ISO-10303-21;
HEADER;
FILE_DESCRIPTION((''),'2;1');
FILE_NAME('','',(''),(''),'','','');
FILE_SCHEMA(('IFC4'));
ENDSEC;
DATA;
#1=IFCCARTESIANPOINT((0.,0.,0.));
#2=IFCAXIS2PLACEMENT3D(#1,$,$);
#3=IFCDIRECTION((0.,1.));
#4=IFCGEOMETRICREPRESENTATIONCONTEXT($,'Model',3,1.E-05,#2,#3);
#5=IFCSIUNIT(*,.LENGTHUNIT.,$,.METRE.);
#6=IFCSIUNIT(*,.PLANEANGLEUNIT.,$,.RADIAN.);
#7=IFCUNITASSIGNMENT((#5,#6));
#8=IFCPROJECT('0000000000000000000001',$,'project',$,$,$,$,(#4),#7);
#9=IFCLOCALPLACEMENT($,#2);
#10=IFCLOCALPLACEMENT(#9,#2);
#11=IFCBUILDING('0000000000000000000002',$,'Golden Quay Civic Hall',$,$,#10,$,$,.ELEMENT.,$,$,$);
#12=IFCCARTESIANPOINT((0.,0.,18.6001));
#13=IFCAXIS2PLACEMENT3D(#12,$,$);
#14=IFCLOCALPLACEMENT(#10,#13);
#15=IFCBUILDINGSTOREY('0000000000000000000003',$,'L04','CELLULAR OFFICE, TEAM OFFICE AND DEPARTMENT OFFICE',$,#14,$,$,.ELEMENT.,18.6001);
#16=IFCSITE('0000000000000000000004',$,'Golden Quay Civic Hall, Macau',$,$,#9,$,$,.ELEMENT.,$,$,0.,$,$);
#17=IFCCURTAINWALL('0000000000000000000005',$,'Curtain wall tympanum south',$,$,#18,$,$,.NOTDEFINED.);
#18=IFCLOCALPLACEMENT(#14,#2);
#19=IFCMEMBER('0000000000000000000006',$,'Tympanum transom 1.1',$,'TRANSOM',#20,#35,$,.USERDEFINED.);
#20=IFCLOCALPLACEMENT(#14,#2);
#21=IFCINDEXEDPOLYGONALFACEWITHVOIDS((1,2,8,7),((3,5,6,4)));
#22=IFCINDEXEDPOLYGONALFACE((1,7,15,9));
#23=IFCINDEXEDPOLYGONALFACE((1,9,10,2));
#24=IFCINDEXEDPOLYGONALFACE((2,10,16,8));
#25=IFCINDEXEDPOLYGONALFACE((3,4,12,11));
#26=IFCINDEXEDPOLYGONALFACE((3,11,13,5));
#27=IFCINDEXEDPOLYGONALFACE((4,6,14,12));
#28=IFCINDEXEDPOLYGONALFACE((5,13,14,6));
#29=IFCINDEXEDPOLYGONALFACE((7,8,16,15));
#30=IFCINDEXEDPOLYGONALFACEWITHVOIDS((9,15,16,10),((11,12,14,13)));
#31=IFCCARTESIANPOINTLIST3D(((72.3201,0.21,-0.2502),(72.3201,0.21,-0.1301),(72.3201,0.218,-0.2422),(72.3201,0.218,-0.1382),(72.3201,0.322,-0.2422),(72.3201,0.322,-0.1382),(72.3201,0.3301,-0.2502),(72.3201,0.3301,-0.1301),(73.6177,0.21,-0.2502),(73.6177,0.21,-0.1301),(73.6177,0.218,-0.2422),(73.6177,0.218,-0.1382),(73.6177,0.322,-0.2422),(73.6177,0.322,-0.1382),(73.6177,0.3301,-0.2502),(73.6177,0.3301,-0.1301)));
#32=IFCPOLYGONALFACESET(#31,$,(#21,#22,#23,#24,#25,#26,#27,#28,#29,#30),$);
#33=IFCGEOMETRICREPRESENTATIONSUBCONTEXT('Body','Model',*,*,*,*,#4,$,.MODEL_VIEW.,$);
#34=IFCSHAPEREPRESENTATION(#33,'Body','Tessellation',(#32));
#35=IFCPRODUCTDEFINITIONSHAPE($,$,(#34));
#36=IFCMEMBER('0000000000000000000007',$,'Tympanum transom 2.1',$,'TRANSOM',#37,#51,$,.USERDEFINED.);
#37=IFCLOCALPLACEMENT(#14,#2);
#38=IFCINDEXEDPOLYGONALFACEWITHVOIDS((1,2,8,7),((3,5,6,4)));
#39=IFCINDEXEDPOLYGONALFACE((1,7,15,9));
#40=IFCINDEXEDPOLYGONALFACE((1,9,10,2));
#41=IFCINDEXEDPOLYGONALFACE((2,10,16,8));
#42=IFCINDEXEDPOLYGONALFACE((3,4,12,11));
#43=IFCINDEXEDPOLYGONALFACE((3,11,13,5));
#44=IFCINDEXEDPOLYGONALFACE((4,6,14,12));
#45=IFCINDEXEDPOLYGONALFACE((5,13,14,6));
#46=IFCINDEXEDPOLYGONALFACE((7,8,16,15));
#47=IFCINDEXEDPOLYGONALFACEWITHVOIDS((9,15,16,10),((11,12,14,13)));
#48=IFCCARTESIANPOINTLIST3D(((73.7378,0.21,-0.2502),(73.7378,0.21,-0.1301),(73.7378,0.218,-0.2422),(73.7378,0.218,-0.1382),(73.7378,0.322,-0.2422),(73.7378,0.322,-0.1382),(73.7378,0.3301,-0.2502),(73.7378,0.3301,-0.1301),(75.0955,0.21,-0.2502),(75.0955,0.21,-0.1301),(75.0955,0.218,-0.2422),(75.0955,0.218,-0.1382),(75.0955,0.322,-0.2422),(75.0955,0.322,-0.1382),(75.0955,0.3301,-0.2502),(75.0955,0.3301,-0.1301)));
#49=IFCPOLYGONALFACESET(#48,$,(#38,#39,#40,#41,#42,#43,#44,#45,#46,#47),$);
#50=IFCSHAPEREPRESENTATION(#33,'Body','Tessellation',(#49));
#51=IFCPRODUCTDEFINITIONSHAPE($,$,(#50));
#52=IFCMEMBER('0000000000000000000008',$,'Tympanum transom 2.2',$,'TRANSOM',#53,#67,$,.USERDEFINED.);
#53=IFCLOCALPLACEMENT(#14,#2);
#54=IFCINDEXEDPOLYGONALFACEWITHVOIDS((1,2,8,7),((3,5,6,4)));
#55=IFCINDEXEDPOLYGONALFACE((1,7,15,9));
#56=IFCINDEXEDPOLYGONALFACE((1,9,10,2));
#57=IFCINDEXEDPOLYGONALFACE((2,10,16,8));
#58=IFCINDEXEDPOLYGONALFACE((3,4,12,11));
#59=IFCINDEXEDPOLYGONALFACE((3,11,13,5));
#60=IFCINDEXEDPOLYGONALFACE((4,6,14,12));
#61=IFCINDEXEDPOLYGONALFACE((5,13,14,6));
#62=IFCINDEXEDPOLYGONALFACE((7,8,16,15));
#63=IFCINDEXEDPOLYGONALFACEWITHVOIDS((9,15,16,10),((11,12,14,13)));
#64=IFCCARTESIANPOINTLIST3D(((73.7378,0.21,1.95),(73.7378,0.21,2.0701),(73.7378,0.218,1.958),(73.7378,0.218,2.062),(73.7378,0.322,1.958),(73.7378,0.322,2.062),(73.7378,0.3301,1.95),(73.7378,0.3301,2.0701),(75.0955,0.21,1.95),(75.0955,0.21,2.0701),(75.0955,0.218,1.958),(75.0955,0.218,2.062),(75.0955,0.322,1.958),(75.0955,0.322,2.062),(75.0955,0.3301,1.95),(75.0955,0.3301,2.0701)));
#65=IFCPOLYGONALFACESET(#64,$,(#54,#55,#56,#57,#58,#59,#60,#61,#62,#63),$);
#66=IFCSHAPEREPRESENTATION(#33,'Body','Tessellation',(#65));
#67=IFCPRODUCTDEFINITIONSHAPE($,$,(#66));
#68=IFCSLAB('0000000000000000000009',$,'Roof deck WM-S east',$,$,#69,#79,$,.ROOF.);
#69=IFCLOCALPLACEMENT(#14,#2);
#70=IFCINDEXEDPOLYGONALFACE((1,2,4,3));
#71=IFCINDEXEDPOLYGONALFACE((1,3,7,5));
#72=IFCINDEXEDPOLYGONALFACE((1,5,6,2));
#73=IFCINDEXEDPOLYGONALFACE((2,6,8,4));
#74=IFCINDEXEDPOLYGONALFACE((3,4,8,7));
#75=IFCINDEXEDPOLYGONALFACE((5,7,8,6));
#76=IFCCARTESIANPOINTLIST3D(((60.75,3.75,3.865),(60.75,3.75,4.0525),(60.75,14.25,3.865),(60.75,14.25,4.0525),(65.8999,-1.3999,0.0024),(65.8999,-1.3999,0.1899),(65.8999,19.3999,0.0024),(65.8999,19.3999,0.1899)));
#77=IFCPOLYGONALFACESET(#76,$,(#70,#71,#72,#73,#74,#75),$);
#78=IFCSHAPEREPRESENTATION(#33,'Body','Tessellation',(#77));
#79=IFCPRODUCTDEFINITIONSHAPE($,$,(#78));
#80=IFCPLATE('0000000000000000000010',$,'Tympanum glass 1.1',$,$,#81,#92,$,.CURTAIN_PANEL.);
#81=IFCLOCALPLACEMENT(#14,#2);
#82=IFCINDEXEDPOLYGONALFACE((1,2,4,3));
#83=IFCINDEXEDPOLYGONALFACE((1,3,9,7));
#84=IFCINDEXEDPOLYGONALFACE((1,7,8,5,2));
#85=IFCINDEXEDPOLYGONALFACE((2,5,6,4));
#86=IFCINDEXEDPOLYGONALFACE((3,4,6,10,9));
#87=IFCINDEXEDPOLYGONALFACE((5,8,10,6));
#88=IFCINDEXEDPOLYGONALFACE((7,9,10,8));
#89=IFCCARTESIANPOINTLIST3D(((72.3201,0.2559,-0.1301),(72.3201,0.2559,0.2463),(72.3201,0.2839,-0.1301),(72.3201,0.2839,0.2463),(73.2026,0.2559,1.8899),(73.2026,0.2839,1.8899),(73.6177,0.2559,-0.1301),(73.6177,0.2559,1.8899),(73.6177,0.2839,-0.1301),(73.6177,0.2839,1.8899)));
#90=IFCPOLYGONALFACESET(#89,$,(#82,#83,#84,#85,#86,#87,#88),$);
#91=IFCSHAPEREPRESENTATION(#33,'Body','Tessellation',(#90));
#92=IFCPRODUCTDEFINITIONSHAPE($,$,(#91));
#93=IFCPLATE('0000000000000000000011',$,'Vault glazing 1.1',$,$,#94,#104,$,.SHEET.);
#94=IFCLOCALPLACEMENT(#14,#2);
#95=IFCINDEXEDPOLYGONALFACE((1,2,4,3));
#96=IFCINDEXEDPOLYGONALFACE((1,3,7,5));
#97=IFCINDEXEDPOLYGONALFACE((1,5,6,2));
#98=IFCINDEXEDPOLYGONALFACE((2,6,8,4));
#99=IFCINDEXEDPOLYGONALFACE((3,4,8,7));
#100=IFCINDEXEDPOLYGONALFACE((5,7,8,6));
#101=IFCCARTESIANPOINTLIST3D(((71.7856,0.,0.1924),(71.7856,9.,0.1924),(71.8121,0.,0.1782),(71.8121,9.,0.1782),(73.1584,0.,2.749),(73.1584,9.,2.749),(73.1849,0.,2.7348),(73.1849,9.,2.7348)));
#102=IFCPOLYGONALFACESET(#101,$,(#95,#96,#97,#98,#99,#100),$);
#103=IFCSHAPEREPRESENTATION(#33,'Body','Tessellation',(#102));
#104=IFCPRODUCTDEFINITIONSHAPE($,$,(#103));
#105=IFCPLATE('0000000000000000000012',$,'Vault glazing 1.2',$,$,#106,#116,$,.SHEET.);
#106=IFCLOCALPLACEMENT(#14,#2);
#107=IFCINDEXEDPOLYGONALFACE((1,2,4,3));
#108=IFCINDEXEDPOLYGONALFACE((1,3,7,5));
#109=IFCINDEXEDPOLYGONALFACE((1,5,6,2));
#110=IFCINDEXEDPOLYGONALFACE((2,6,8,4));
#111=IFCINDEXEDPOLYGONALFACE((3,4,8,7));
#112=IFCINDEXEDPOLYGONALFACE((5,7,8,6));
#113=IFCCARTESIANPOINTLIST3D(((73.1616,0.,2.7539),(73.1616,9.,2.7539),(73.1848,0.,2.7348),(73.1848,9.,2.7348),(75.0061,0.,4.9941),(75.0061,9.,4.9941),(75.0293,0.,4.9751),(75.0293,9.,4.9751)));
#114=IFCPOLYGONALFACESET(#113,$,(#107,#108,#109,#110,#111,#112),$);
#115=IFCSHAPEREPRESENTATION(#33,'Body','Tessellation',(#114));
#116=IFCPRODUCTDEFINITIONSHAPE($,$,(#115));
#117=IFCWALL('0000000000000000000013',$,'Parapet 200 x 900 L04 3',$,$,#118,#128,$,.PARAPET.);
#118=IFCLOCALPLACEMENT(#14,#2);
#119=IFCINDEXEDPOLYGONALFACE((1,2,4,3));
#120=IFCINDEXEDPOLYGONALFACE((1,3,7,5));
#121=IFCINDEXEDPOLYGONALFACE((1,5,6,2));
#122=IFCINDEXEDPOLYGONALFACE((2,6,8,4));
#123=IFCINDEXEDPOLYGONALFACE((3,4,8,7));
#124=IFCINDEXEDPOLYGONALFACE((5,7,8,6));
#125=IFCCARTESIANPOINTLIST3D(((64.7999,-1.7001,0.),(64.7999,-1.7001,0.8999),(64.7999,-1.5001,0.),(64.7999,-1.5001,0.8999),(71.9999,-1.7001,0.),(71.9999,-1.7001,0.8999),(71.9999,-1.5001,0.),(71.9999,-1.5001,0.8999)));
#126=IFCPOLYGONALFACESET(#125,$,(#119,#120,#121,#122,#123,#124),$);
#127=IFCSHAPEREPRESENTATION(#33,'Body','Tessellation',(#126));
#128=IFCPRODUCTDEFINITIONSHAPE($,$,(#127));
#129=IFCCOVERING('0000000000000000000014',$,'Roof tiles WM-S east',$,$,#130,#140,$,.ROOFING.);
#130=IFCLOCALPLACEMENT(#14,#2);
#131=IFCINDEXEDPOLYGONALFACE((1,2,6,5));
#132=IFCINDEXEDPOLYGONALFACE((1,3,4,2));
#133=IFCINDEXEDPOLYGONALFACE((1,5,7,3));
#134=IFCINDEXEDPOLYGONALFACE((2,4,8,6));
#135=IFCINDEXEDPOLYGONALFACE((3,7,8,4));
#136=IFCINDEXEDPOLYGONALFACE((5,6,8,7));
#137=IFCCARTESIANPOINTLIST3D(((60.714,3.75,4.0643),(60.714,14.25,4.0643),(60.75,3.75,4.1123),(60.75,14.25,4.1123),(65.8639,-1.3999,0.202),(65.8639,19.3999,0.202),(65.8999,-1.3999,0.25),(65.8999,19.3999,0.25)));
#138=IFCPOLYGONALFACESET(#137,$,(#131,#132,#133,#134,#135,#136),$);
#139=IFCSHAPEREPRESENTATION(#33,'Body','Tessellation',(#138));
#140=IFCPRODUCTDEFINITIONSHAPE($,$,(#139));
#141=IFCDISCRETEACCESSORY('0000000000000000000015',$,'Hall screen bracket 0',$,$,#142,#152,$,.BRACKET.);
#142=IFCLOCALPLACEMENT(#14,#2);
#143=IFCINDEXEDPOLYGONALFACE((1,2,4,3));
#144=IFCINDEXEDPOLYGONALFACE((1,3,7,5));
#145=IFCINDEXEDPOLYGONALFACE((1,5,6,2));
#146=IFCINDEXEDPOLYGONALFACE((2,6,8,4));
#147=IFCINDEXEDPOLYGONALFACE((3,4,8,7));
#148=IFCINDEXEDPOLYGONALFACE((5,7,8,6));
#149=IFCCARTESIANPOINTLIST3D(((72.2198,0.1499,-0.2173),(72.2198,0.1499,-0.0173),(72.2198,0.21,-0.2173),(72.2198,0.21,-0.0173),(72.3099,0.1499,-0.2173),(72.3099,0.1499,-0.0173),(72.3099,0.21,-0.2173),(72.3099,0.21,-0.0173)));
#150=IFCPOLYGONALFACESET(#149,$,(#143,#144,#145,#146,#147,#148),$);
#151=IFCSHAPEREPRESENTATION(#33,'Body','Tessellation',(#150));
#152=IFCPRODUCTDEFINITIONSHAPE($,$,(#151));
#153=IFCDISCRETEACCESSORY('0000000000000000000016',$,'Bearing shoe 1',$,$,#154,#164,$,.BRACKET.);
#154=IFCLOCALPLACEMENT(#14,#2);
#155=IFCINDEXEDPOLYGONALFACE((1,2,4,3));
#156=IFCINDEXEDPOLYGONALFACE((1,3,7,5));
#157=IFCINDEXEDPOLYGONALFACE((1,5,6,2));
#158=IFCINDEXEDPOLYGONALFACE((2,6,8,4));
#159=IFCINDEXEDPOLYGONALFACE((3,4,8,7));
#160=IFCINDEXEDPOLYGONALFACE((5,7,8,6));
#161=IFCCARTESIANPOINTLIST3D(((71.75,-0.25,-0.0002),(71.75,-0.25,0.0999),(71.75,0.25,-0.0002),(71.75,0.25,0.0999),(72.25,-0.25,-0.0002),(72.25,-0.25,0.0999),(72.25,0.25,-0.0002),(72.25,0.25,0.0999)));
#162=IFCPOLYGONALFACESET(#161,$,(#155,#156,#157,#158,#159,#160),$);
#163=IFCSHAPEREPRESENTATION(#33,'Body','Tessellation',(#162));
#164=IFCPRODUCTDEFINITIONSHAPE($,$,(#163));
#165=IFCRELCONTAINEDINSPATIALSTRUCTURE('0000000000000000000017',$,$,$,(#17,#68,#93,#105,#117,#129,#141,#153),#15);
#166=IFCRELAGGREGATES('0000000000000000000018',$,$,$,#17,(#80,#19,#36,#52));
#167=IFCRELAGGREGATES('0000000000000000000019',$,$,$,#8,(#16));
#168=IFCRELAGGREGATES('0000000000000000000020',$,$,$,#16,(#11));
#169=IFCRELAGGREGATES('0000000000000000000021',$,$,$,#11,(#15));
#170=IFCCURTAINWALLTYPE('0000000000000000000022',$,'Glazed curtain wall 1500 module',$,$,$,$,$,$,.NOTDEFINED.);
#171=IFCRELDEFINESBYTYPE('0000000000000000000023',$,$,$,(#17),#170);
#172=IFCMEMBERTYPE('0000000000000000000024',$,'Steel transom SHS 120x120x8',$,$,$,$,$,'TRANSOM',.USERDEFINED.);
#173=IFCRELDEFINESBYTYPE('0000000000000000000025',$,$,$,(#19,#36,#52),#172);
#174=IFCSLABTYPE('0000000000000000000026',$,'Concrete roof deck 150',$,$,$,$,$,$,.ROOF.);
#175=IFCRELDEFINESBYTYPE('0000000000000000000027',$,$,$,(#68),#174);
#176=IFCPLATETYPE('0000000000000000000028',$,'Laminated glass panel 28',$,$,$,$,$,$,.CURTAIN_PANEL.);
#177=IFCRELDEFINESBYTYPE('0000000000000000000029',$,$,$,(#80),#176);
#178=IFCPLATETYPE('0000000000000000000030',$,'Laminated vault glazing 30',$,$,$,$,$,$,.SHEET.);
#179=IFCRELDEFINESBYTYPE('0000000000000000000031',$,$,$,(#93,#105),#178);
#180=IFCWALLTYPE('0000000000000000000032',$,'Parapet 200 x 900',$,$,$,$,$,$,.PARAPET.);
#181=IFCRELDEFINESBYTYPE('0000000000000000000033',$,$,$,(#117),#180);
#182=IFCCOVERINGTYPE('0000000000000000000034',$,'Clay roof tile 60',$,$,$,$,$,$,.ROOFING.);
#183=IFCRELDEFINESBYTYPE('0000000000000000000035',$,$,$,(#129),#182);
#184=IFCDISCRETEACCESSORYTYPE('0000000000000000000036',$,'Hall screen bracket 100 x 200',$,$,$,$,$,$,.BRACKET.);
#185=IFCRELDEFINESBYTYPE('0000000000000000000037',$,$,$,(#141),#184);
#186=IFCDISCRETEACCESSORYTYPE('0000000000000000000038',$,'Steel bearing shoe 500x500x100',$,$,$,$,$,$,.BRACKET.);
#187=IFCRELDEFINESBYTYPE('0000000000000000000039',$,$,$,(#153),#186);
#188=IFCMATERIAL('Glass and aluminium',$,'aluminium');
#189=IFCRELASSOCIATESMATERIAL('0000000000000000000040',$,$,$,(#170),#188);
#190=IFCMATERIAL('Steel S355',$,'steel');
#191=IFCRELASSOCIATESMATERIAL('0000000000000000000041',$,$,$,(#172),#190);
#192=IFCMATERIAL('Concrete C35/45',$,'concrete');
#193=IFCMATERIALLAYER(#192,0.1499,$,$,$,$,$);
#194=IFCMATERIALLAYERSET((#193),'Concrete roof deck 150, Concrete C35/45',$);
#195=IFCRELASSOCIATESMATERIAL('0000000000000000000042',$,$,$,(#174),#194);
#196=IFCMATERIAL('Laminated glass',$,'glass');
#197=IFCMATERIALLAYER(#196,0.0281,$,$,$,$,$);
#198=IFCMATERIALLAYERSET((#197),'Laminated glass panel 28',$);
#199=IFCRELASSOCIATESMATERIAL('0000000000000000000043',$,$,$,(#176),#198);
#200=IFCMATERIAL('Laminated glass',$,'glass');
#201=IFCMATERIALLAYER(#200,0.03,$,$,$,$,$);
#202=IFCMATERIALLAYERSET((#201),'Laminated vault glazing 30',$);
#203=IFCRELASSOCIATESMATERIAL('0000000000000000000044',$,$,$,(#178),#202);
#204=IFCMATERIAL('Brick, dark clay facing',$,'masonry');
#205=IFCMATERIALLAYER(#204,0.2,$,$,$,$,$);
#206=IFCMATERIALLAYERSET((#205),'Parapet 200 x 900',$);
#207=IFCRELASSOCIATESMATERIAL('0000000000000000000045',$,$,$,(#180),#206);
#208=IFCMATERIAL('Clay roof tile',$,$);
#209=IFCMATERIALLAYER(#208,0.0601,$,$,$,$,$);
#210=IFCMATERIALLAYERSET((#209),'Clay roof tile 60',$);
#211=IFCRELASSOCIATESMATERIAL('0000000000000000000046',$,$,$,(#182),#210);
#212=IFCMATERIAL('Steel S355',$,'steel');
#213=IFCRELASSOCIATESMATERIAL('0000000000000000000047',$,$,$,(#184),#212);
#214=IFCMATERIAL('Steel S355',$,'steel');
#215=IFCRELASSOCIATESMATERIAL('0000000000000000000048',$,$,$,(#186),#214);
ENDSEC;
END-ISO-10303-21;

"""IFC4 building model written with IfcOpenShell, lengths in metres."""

from ifc_helpers import new_model, si_unit, direction, frame, frame_2d, origin, origin_2d, place, context, subcontext, project, spatial, polyline, rectangle, hollow_rectangle, outline, extrude, material, layer, layer_set, material_profile, profile_set, type_object, element, aggregate, save


model = new_model("IFC4")

# Units and contexts
model_context = context("Model", 3, precision=1e-05, world=origin(), true_north=direction((0.0, 1.0)))
body_context = subcontext(model_context, "Body", "Model", "MODEL_VIEW")
ifc_project = project(units=[si_unit("LENGTHUNIT", "METRE"), si_unit("PLANEANGLEUNIT", "RADIAN")], contexts=[model_context])

# Site, building, storey
site_placement = place(None, origin())
site = spatial("IfcSite", under=ifc_project, at=site_placement, Name="Golden Quay Civic Hall, Macau", CompositionType="ELEMENT", RefElevation=0.0)
building_placement = place(site_placement, origin())
building = spatial("IfcBuilding", under=site, at=building_placement, Name="Golden Quay Civic Hall", CompositionType="ELEMENT")
storey_placement = place(building_placement, frame((0.0, 0.0, 18.6001)))
storey = spatial("IfcBuildingStorey", under=building, at=storey_placement, Name="L04", Description="CELLULAR OFFICE, TEAM OFFICE AND DEPARTMENT OFFICE", CompositionType="ELEMENT", Elevation=18.6001)

# Curtain wall
ifc_material_1 = material(Name="Glass and aluminium", Category="aluminium")
curtain_wall_type = type_object("IfcCurtainWallType", Name="Glazed curtain wall 1500 module", PredefinedType="NOTDEFINED", material=ifc_material_1)
curtain_wall_placement = place(storey_placement, origin())
curtain_wall = element("IfcCurtainWall", 1, at=curtain_wall_placement, inside=storey, type_object=curtain_wall_type, Name="Curtain wall tympanum south", PredefinedType="NOTDEFINED")

# Members
ifc_material_2 = material(Name="Steel S355", Category="steel")
ifc_material_profile_1 = material_profile(ifc_material_2, hollow_rectangle(XDim=0.1201, YDim=0.1201, WallThickness=0.0081, at=origin_2d()), Name="SHS 120x120x8")
ifc_profile_set_1 = profile_set([ifc_material_profile_1], Name="Steel S355")
member_type_1 = type_object("IfcMemberType", Name="Steel transom SHS 120x120x8", ElementType="TRANSOM", PredefinedType="USERDEFINED", material=ifc_profile_set_1)
member_1_placement = place(storey_placement, frame((72.3201, 0.27, -0.1902), z_axis=(1.0, 0.0, 0.0), x_axis=(0.0, 1.0, 0.0)))
member_1 = element("IfcMember", 2, at=member_1_placement, type_object=member_type_1, Name="Tympanum transom 1.1", ObjectType="TRANSOM", PredefinedType="USERDEFINED", context=body_context, shape_type="SweptSolid", body=[
    extrude(hollow_rectangle(XDim=0.1201, YDim=0.1201, WallThickness=0.0081, at=origin_2d()), origin(), (0.0, 0.0, 1.0), 1.2976),
])
member_2_placement = place(storey_placement, frame((73.7378, 0.27, -0.1902), z_axis=(1.0, 0.0, 0.0), x_axis=(0.0, 1.0, 0.0)))
member_2 = element("IfcMember", 3, at=member_2_placement, type_object=member_type_1, Name="Tympanum transom 2.1", ObjectType="TRANSOM", PredefinedType="USERDEFINED", context=body_context, shape_type="SweptSolid", body=[
    extrude(hollow_rectangle(XDim=0.1201, YDim=0.1201, WallThickness=0.0081, at=origin_2d()), origin(), (0.0, 0.0, 1.0), 1.3577),
])
member_3_placement = place(storey_placement, frame((73.7378, 0.27, 2.01), z_axis=(1.0, 0.0, 0.0), x_axis=(0.0, 1.0, 0.0)))
member_3 = element("IfcMember", 4, at=member_3_placement, type_object=member_type_1, Name="Tympanum transom 2.2", ObjectType="TRANSOM", PredefinedType="USERDEFINED", context=body_context, shape_type="SweptSolid", body=[
    extrude(hollow_rectangle(XDim=0.1201, YDim=0.1201, WallThickness=0.0081, at=origin_2d()), origin(), (0.0, 0.0, 1.0), 1.3577),
])

# Slab
ifc_material_3 = material(Name="Concrete C35/45", Category="concrete")
ifc_layer_1 = layer(ifc_material_3, 0.1499)
ifc_layer_set_1 = layer_set([ifc_layer_1], Name="Concrete roof deck 150, Concrete C35/45")
slab_type = type_object("IfcSlabType", Name="Concrete roof deck 150", PredefinedType="ROOF", material=ifc_layer_set_1)
slab_placement = place(storey_placement, frame((65.8999, -1.3999, 0.1899), z_axis=(0.600012, 0.0, 0.799991), x_axis=(0.0, 1.0, 0.0)))
element("IfcSlab", 5, at=slab_placement, inside=storey, type_object=slab_type, Name="Roof deck WM-S east", PredefinedType="ROOF", context=body_context, shape_type="SweptSolid", body=[
    extrude(outline(polyline([(0.0, 0.0), (20.7998, 0.0), (15.6499, 6.4375), (5.1499, 6.4375), (0.0, 0.0)])), origin(), (0.0, -0.600012, -0.799991), 0.1875),
])

# Plate
ifc_material_4 = material(Name="Laminated glass", Category="glass")
ifc_layer_2 = layer(ifc_material_4, 0.0281)
ifc_layer_set_2 = layer_set([ifc_layer_2], Name="Laminated glass panel 28")
plate_type_1 = type_object("IfcPlateType", Name="Laminated glass panel 28", PredefinedType="CURTAIN_PANEL", material=ifc_layer_set_2)
plate_1_placement = place(storey_placement, frame((73.6177, 0.2839, -0.1301), z_axis=(0.0, 1.0, 0.0), x_axis=(-1.0, 0.0, 0.0)))
plate_1 = element("IfcPlate", 6, at=plate_1_placement, type_object=plate_type_1, Name="Tympanum glass 1.1", PredefinedType="CURTAIN_PANEL", context=body_context, shape_type="SweptSolid", body=[
    extrude(outline(polyline([(0.0, 0.0), (1.2976, 0.0), (1.2976, 0.3765), (0.415, 2.02), (0.0, 2.02), (0.0, 0.0)])), origin(), (0.0, 0.0, -1.0), 0.0281),
])
aggregate(curtain_wall, [plate_1, member_1, member_2, member_3])

# Plates
ifc_material_5 = material(Name="Laminated glass", Category="glass")
ifc_layer_3 = layer(ifc_material_5, 0.03)
ifc_layer_set_3 = layer_set([ifc_layer_3], Name="Laminated vault glazing 30")
plate_type_2 = type_object("IfcPlateType", Name="Laminated vault glazing 30", PredefinedType="SHEET", material=ifc_layer_set_3)
plate_2_placement = place(storey_placement, frame((71.7856, 0.0, 0.1924), z_axis=(-0.881024, 0.0, 0.473071), x_axis=(0.473071, 0.0, 0.881024)))
element("IfcPlate", 7, at=plate_2_placement, inside=storey, type_object=plate_type_2, Name="Vault glazing 1.1", PredefinedType="SHEET", context=body_context, shape_type="SweptSolid", body=[
    extrude(outline(polyline([(0.0, 0.0), (2.9019, 0.0), (2.9019, 9.0), (0.0, 9.0), (0.0, 0.0)])), origin(), (0.0, 0.0, -1.0), 0.03),
])
plate_3_placement = place(storey_placement, frame((73.1616, 0.0, 2.7539), z_axis=(-0.772001, 0.0, 0.635622), x_axis=(0.635622, 0.0, 0.772001)))
element("IfcPlate", 8, at=plate_3_placement, inside=storey, type_object=plate_type_2, Name="Vault glazing 1.2", PredefinedType="SHEET", context=body_context, shape_type="SweptSolid", body=[
    extrude(outline(polyline([(0.0, 0.0), (2.9019, 0.0), (2.9019, 9.0), (0.0, 9.0), (0.0, 0.0)])), origin(), (0.0, 0.0, -1.0), 0.03),
])

# Wall
ifc_material_6 = material(Name="Brick, dark clay facing", Category="masonry")
ifc_layer_4 = layer(ifc_material_6, 0.2)
ifc_layer_set_4 = layer_set([ifc_layer_4], Name="Parapet 200 x 900")
wall_type = type_object("IfcWallType", Name="Parapet 200 x 900", PredefinedType="PARAPET", material=ifc_layer_set_4)
wall_placement = place(storey_placement, frame((72.0, -1.6001, 0.0), z_axis=(0.0, 0.0, 1.0), x_axis=(-1.0, 0.0, 0.0)))
element("IfcWall", 9, at=wall_placement, inside=storey, type_object=wall_type, Name="Parapet 200 x 900 L04 3", PredefinedType="PARAPET", context=body_context, shape_type="SweptSolid", body=[
    extrude(rectangle(XDim=7.2, YDim=0.2, at=frame_2d((3.6001, 0.0))), origin(), (0.0, 0.0, 1.0), 0.8999),
])

# Covering
ifc_material_7 = material(Name="Clay roof tile")
ifc_layer_5 = layer(ifc_material_7, 0.0601)
ifc_layer_set_5 = layer_set([ifc_layer_5], Name="Clay roof tile 60")
covering_type = type_object("IfcCoveringType", Name="Clay roof tile 60", PredefinedType="ROOFING", material=ifc_layer_set_5)
covering_placement = place(storey_placement, frame((65.8999, -1.3999, 0.25), z_axis=(0.599988, 0.0, 0.800009), x_axis=(0.0, 1.0, 0.0)))
element("IfcCovering", 10, at=covering_placement, inside=storey, type_object=covering_type, Name="Roof tiles WM-S east", PredefinedType="ROOFING", context=body_context, shape_type="SweptSolid", body=[
    extrude(outline(polyline([(0.0, 0.0), (20.7998, 0.0), (15.6499, 6.4373), (5.1499, 6.4373), (0.0, 0.0)])), origin(), (0.0, 0.0, -1.0), 0.0601),
])

# Discrete accessories
ifc_material_8 = material(Name="Steel S355", Category="steel")
discrete_accessory_type_1 = type_object("IfcDiscreteAccessoryType", Name="Hall screen bracket 100 x 200", PredefinedType="BRACKET", material=ifc_material_8)
discrete_accessory_1_placement = place(storey_placement, frame((72.2649, 0.1799, -0.2173), z_axis=(0.0, 0.0, 1.0), x_axis=(1.0, 0.0, 0.0)))
element("IfcDiscreteAccessory", 11, at=discrete_accessory_1_placement, inside=storey, type_object=discrete_accessory_type_1, Name="Hall screen bracket 0", PredefinedType="BRACKET", context=body_context, shape_type="SweptSolid", body=[
    extrude(rectangle(XDim=0.0901, YDim=0.0601, at=origin_2d()), origin(), (0.0, 0.0, 1.0), 0.2),
])
ifc_material_9 = material(Name="Steel S355", Category="steel")
discrete_accessory_type_2 = type_object("IfcDiscreteAccessoryType", Name="Steel bearing shoe 500x500x100", PredefinedType="BRACKET", material=ifc_material_9)
discrete_accessory_2_placement = place(storey_placement, frame((72.0, 0.0, -0.0002), z_axis=(0.0, 0.0, 1.0), x_axis=(1.0, 0.0, 0.0)))
element("IfcDiscreteAccessory", 12, at=discrete_accessory_2_placement, inside=storey, type_object=discrete_accessory_type_2, Name="Bearing shoe 1", PredefinedType="BRACKET", context=body_context, shape_type="SweptSolid", body=[
    extrude(rectangle(XDim=0.5, YDim=0.5, at=origin_2d()), origin(), (0.0, 0.0, 1.0), 0.1001),
])

save(model, "model.ifc")
